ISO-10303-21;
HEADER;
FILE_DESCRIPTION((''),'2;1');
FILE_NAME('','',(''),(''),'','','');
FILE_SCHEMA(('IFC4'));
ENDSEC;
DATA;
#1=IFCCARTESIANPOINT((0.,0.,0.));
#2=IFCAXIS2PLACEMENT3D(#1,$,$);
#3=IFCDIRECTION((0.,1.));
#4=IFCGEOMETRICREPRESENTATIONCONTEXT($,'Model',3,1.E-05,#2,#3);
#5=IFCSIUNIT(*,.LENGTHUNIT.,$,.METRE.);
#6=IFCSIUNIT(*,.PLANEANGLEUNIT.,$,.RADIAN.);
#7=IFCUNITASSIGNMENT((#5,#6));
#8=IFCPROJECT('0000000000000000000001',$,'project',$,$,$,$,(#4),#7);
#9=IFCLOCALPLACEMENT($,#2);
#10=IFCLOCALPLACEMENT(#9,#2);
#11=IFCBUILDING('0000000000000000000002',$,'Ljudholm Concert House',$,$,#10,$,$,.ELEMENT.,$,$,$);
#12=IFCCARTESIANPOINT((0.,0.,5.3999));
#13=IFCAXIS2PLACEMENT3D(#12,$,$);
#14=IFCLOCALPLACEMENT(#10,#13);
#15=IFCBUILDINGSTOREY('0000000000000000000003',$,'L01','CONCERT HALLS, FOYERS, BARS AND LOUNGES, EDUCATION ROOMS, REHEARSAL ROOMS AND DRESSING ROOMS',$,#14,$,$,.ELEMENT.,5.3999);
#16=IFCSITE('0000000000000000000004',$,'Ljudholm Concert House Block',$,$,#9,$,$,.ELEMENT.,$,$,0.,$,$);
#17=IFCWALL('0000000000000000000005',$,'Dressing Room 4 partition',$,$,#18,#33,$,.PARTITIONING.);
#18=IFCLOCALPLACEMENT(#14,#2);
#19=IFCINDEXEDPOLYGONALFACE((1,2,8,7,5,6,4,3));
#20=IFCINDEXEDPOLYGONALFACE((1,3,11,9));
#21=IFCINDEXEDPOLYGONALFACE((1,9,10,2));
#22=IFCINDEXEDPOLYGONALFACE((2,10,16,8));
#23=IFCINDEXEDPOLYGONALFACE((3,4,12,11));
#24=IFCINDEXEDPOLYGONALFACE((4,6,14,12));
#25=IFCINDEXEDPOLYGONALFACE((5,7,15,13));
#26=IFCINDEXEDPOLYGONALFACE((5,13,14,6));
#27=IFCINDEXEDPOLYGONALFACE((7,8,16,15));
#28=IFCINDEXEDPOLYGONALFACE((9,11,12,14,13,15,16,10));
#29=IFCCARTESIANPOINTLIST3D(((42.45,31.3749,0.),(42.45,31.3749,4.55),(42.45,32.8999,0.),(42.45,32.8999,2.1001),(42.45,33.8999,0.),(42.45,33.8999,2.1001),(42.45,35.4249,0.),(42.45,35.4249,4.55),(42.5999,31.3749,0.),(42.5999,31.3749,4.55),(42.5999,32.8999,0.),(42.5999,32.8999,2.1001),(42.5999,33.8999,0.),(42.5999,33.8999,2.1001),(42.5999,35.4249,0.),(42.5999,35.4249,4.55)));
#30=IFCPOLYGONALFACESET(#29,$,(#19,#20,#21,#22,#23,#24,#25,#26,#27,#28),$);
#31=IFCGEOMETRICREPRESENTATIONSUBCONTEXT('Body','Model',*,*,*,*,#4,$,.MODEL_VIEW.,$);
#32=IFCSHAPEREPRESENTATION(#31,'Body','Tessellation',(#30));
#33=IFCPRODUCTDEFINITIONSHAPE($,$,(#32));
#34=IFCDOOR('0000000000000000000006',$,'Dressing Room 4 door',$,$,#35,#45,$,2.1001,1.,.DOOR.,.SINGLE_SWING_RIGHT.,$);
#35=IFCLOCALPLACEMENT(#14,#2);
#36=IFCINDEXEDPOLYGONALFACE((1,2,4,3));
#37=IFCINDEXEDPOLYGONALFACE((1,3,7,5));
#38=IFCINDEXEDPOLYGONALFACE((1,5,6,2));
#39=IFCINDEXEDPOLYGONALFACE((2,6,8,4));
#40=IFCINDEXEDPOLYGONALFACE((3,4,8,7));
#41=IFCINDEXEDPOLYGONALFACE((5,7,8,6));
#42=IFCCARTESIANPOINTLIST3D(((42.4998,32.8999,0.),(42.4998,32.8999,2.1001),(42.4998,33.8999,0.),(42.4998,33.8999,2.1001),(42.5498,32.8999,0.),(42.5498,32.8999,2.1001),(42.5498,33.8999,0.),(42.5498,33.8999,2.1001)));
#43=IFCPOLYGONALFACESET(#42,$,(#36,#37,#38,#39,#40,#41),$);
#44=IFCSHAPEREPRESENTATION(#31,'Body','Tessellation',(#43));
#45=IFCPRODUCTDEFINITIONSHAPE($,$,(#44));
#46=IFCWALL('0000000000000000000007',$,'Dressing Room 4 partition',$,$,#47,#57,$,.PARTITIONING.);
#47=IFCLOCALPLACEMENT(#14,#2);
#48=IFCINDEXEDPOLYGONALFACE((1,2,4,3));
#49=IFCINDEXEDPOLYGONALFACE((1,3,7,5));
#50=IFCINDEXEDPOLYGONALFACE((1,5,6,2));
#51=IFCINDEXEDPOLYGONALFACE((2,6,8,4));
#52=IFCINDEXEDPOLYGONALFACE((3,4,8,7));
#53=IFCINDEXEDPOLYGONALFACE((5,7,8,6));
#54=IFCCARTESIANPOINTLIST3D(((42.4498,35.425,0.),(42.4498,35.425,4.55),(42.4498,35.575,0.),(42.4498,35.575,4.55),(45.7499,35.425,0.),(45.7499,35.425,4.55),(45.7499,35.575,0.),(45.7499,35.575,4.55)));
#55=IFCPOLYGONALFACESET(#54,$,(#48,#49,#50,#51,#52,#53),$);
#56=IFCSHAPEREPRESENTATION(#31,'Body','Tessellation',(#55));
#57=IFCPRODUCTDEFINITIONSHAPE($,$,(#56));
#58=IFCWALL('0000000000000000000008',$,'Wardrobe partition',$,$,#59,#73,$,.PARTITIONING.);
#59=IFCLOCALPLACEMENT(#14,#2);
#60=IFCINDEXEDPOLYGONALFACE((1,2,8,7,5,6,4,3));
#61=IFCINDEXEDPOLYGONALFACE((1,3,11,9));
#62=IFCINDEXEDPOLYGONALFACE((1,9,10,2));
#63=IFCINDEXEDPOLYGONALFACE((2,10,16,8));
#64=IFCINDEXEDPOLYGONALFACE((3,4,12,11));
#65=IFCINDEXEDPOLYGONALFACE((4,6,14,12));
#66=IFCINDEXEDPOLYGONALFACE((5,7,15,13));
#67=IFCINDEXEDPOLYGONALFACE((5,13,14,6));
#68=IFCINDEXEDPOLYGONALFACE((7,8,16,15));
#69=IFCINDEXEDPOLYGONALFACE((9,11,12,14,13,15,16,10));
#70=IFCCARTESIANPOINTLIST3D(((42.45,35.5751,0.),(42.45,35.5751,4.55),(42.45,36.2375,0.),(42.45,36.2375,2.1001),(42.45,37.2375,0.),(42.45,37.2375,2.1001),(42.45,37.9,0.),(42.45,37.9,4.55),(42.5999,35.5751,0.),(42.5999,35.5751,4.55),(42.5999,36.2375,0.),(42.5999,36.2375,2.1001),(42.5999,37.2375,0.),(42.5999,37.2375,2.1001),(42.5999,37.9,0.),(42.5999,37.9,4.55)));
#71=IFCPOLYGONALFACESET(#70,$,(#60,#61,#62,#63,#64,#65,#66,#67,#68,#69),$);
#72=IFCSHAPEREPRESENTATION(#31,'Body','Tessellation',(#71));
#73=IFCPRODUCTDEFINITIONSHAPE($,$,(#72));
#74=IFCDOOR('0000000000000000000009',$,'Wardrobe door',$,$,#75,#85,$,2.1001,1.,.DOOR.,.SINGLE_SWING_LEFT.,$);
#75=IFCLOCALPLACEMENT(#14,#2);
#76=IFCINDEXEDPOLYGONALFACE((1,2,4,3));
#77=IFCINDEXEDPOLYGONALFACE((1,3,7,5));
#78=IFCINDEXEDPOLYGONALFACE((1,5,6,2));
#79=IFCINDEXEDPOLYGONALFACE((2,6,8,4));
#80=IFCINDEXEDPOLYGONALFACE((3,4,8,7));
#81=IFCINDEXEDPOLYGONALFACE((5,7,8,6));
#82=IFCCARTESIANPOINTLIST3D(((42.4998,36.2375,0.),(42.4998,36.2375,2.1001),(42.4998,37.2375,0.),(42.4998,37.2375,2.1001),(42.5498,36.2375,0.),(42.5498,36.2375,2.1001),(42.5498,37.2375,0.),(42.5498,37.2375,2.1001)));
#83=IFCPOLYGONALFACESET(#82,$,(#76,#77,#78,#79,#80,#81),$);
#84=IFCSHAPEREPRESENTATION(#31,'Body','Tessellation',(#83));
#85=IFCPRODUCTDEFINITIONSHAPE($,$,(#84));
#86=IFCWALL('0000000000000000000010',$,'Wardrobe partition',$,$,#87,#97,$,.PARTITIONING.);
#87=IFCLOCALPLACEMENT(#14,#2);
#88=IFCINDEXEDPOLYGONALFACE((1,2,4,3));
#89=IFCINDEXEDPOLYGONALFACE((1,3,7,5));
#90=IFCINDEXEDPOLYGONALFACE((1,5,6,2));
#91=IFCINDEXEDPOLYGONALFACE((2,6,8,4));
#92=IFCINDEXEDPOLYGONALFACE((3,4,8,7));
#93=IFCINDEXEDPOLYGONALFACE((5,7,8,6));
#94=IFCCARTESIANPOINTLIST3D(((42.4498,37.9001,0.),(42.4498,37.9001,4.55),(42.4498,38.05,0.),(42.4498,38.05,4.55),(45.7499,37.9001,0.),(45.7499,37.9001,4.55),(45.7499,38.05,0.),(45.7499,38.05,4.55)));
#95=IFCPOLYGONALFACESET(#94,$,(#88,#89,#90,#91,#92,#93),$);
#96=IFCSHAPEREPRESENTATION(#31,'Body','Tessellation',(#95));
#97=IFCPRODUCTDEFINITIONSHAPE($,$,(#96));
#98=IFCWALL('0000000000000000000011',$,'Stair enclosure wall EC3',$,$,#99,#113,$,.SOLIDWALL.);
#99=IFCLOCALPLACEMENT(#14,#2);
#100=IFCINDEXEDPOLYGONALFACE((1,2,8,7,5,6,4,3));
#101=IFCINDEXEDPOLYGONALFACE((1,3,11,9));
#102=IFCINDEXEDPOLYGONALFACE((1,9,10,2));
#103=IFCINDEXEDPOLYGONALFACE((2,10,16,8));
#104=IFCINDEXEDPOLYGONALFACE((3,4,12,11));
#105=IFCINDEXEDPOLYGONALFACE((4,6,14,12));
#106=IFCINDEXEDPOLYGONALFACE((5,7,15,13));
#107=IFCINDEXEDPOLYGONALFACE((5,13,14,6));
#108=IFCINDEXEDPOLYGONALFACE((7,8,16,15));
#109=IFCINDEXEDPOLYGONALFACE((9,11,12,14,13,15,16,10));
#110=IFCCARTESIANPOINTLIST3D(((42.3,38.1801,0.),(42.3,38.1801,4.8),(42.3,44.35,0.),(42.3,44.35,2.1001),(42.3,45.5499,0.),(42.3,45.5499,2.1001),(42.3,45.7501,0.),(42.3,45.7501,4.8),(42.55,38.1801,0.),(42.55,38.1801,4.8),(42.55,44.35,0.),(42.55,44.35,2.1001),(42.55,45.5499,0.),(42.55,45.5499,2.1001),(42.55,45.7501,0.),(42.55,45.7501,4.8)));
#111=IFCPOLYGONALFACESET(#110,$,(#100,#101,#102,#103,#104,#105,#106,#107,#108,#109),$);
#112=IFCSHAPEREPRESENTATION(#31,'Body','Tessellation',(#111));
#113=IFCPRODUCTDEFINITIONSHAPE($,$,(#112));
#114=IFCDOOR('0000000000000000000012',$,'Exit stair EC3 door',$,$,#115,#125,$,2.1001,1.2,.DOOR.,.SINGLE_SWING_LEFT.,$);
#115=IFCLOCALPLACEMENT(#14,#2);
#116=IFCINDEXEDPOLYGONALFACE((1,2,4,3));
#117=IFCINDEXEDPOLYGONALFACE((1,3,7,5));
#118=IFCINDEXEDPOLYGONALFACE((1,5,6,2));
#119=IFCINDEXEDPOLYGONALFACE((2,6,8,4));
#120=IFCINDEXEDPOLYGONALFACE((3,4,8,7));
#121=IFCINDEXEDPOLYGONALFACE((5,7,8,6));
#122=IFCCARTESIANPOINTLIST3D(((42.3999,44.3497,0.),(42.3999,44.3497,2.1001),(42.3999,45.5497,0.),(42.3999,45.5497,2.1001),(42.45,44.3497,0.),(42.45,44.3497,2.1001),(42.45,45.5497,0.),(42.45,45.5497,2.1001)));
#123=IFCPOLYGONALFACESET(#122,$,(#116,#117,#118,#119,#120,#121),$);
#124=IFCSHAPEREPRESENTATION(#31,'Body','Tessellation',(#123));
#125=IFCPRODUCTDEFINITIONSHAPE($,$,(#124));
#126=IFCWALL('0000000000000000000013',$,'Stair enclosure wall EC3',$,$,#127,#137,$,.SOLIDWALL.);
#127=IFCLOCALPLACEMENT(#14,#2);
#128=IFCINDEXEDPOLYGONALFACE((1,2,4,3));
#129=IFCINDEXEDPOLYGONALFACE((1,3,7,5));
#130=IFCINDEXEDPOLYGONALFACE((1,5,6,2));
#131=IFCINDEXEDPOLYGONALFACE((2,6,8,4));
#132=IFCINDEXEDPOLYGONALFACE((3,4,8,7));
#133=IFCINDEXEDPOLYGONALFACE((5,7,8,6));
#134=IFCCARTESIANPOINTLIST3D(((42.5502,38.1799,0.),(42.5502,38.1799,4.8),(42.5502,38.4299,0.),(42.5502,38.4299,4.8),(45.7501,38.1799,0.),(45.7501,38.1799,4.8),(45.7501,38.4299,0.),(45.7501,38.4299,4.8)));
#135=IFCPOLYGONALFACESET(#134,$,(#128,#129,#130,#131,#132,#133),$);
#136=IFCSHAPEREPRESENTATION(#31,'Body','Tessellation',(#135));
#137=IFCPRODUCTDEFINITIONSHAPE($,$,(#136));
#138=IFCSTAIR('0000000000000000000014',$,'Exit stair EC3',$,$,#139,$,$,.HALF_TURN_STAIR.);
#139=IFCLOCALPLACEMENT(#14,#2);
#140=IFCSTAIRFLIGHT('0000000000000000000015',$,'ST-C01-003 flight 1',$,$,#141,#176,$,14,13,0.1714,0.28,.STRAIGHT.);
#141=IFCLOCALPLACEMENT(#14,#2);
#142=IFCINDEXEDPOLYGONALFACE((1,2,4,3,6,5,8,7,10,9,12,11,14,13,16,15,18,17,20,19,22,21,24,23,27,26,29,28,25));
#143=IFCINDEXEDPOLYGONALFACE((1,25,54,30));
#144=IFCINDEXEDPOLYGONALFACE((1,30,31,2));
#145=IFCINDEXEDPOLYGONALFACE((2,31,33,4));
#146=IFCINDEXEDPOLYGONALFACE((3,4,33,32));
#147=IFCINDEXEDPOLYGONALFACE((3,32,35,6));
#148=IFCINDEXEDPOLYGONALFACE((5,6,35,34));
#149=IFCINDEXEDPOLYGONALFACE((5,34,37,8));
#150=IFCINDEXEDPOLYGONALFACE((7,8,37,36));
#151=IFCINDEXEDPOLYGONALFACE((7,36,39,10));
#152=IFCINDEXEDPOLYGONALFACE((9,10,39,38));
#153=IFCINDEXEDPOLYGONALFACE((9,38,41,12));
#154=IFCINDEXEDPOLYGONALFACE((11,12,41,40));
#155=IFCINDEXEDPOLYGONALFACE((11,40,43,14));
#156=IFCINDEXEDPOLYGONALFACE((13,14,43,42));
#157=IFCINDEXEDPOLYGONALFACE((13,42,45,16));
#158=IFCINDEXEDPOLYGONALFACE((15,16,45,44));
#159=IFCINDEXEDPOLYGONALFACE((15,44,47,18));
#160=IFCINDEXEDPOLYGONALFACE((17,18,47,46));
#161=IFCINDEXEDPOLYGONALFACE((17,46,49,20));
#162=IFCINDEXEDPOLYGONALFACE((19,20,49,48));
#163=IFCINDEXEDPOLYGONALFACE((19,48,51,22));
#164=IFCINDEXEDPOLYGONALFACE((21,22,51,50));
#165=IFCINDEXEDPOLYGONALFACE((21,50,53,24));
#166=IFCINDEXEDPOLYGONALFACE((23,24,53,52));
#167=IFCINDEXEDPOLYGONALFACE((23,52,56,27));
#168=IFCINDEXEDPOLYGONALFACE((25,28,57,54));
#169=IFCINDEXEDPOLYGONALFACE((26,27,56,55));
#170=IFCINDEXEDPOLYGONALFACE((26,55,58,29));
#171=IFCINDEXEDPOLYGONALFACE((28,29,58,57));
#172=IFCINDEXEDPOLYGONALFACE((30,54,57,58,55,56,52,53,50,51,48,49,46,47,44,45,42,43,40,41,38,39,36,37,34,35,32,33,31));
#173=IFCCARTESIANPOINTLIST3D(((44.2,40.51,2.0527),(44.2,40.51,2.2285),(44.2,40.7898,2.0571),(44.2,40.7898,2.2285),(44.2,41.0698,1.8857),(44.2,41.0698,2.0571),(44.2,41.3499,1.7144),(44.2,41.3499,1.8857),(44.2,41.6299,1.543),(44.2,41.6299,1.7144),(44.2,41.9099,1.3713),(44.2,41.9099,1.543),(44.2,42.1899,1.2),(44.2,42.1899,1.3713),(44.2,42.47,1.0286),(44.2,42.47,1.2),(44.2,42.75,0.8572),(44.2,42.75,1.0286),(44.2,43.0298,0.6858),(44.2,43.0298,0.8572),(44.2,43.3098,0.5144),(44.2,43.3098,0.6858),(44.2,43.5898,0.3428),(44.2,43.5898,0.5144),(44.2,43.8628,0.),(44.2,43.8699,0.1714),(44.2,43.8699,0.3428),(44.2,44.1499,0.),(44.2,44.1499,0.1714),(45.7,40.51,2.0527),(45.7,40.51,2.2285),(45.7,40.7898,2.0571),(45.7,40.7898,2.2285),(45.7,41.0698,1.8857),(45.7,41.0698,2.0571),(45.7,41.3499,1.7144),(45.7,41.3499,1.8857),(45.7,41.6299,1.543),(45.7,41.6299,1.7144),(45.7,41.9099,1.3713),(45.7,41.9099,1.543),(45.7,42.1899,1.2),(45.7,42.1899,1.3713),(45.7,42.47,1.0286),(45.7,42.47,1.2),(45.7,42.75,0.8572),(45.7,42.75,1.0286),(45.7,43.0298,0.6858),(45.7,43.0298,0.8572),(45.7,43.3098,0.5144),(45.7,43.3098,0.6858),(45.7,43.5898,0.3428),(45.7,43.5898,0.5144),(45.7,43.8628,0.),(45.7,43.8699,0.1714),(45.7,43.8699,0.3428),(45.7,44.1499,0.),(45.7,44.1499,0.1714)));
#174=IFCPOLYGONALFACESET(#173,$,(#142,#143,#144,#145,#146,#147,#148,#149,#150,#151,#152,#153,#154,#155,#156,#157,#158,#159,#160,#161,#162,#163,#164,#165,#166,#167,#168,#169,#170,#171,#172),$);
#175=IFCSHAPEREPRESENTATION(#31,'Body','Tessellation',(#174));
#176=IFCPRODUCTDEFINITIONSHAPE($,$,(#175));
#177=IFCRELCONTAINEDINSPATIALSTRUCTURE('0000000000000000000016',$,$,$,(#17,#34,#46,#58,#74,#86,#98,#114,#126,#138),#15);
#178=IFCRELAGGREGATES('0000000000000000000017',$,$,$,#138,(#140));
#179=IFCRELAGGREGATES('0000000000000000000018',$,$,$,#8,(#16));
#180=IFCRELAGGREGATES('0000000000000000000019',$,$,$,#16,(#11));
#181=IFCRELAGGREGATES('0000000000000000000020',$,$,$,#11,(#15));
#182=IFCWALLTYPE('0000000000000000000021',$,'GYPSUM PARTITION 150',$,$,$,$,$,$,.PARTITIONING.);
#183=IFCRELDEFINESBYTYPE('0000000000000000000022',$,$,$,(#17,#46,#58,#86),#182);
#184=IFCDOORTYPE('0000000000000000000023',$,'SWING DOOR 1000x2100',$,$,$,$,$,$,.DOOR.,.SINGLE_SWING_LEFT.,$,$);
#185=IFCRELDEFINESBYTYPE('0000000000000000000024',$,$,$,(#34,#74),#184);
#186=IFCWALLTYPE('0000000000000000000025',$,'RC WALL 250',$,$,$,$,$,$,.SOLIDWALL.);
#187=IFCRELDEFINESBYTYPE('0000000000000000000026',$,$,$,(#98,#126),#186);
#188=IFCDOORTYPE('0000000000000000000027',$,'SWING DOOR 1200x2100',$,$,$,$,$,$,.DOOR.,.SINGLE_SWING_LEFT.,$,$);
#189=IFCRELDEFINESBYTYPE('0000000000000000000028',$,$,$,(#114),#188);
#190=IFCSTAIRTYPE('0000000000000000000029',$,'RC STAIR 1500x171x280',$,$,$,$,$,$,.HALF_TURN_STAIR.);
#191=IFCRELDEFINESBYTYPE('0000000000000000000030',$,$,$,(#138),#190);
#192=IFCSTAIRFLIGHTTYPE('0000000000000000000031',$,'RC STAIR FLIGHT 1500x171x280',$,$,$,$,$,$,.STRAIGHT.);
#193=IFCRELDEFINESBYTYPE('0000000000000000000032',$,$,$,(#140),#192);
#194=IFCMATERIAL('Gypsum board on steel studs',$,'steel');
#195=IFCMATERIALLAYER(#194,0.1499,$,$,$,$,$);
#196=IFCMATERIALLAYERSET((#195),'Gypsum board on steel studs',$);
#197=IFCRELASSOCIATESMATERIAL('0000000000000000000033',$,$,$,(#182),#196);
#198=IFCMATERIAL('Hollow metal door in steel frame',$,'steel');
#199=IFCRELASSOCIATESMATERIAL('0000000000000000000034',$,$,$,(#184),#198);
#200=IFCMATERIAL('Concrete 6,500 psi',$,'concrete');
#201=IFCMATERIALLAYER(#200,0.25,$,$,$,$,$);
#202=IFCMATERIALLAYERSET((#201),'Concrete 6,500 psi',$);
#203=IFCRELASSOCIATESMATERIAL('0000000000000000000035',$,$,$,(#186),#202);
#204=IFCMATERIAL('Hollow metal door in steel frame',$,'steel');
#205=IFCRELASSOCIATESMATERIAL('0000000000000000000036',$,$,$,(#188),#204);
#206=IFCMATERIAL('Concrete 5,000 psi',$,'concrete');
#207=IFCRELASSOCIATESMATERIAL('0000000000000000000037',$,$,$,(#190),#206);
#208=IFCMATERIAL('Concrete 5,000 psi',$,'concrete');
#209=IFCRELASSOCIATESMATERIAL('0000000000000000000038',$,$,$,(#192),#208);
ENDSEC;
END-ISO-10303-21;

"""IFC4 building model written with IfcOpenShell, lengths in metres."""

from ifc_helpers import new_model, si_unit, direction, frame, frame_2d, origin, place, context, subcontext, project, spatial, polyline, rectangle, outline, extrude, material, layer, layer_set, type_object, element, fill, aggregate, save


model = new_model("IFC4")

# Units and contexts
model_context = context("Model", 3, precision=1e-05, world=origin(), true_north=direction((0.0, 1.0)))
body_context = subcontext(model_context, "Body", "Model", "MODEL_VIEW")
ifc_project = project(units=[si_unit("LENGTHUNIT", "METRE"), si_unit("PLANEANGLEUNIT", "RADIAN")], contexts=[model_context])

# Site, building, storey
site_placement = place(None, origin())
site = spatial("IfcSite", under=ifc_project, at=site_placement, Name="Ljudholm Concert House Block", CompositionType="ELEMENT", RefElevation=0.0)
building_placement = place(site_placement, origin())
building = spatial("IfcBuilding", under=site, at=building_placement, Name="Ljudholm Concert House", CompositionType="ELEMENT")
storey_placement = place(building_placement, frame((0.0, 0.0, 5.3999)))
storey = spatial("IfcBuildingStorey", under=building, at=storey_placement, Name="L01", Description="CONCERT HALLS, FOYERS, BARS AND LOUNGES, EDUCATION ROOMS, REHEARSAL ROOMS AND DRESSING ROOMS", CompositionType="ELEMENT", Elevation=5.3999)

# Wall, opening, door
ifc_material_1 = material(Name="Gypsum board on steel studs", Category="steel")
ifc_layer_1 = layer(ifc_material_1, 0.1499)
ifc_layer_set_1 = layer_set([ifc_layer_1], Name="Gypsum board on steel studs")
wall_type_1 = type_object("IfcWallType", Name="GYPSUM PARTITION 150", PredefinedType="PARTITIONING", material=ifc_layer_set_1)
wall_1_placement = place(storey_placement, frame((42.5249, 31.375, 0.0), z_axis=(0.0, 0.0, 1.0), x_axis=(0.0, 1.0, 0.0)))
wall_1 = element("IfcWall", 1, at=wall_1_placement, inside=storey, type_object=wall_type_1, Name="Dressing Room 4 partition", PredefinedType="PARTITIONING", context=body_context, shape_type="SweptSolid", body=[
    extrude(rectangle(XDim=4.05, YDim=0.1499, at=frame_2d((2.0249, 0.0))), origin(), (0.0, 0.0, 1.0), 4.55),
])
opening_1_placement = place(wall_1_placement, frame((1.5249, 0.0, 0.0)))
opening_1 = element("IfcOpeningElement", 2, at=opening_1_placement, cuts=wall_1, PredefinedType="OPENING", context=body_context, shape_type="SweptSolid", body=[
    extrude(rectangle(XDim=1.0, YDim=2.1001, at=frame_2d((0.5, 1.05))), frame((0.0, 0.085, 0.0), z_axis=(0.0, -1.0, 0.0), x_axis=(1.0, 0.0, 0.0)), (0.0, 0.0, 1.0), 0.1699),
])
ifc_material_2 = material(Name="Hollow metal door in steel frame", Category="steel")
door_type_1 = type_object("IfcDoorType", Name="SWING DOOR 1000x2100", OperationType="SINGLE_SWING_LEFT", PredefinedType="DOOR", material=ifc_material_2)
door_1_placement = place(opening_1_placement, frame((1.0, 0.0, 0.0), z_axis=(0.0, 0.0, 1.0), x_axis=(-1.0, 0.0, 0.0)))
door_1 = element("IfcDoor", 3, at=door_1_placement, inside=storey, type_object=door_type_1, Name="Dressing Room 4 door", OperationType="SINGLE_SWING_RIGHT", OverallHeight=2.1001, OverallWidth=1.0, PredefinedType="DOOR", context=body_context, shape_type="SweptSolid", body=[
    extrude(rectangle(XDim=1.0, YDim=2.1001, at=frame_2d((0.5, 1.05))), frame((0.0, 0.0249, 0.0), z_axis=(0.0, -1.0, 0.0), x_axis=(1.0, 0.0, 0.0)), (0.0, 0.0, 1.0), 0.05),
])
fill(opening_1, door_1)

# Wall
wall_2_placement = place(storey_placement, frame((42.45, 35.5, 0.0), z_axis=(0.0, 0.0, 1.0), x_axis=(1.0, 0.0, 0.0)))
element("IfcWall", 4, at=wall_2_placement, inside=storey, type_object=wall_type_1, Name="Dressing Room 4 partition", PredefinedType="PARTITIONING", context=body_context, shape_type="SweptSolid", body=[
    extrude(rectangle(XDim=3.3, YDim=0.1499, at=frame_2d((1.6499, 0.0))), origin(), (0.0, 0.0, 1.0), 4.55),
])

# Wall, opening, door
wall_3_placement = place(storey_placement, frame((42.5249, 35.575, 0.0), z_axis=(0.0, 0.0, 1.0), x_axis=(0.0, 1.0, 0.0)))
wall_3 = element("IfcWall", 5, at=wall_3_placement, inside=storey, type_object=wall_type_1, Name="Wardrobe partition", PredefinedType="PARTITIONING", context=body_context, shape_type="SweptSolid", body=[
    extrude(rectangle(XDim=2.325, YDim=0.1499, at=frame_2d((1.1626, 0.0))), origin(), (0.0, 0.0, 1.0), 4.55),
])
opening_2_placement = place(wall_3_placement, frame((0.6626, 0.0, 0.0)))
opening_2 = element("IfcOpeningElement", 6, at=opening_2_placement, cuts=wall_3, PredefinedType="OPENING", context=body_context, shape_type="SweptSolid", body=[
    extrude(rectangle(XDim=1.0, YDim=2.1001, at=frame_2d((0.5, 1.05))), frame((0.0, 0.085, 0.0), z_axis=(0.0, -1.0, 0.0), x_axis=(1.0, 0.0, 0.0)), (0.0, 0.0, 1.0), 0.1699),
])
door_2_placement = place(opening_2_placement, frame((1.0, 0.0, 0.0), z_axis=(0.0, 0.0, 1.0), x_axis=(-1.0, 0.0, 0.0)))
door_2 = element("IfcDoor", 7, at=door_2_placement, inside=storey, type_object=door_type_1, Name="Wardrobe door", OperationType="SINGLE_SWING_LEFT", OverallHeight=2.1001, OverallWidth=1.0, PredefinedType="DOOR", context=body_context, shape_type="SweptSolid", body=[
    extrude(rectangle(XDim=1.0, YDim=2.1001, at=frame_2d((0.5, 1.05))), frame((0.0, 0.0249, 0.0), z_axis=(0.0, -1.0, 0.0), x_axis=(1.0, 0.0, 0.0)), (0.0, 0.0, 1.0), 0.05),
])
fill(opening_2, door_2)

# Wall
wall_4_placement = place(storey_placement, frame((42.45, 37.9751, 0.0), z_axis=(0.0, 0.0, 1.0), x_axis=(1.0, 0.0, 0.0)))
element("IfcWall", 8, at=wall_4_placement, inside=storey, type_object=wall_type_1, Name="Wardrobe partition", PredefinedType="PARTITIONING", context=body_context, shape_type="SweptSolid", body=[
    extrude(rectangle(XDim=3.3, YDim=0.1499, at=frame_2d((1.6499, 0.0))), origin(), (0.0, 0.0, 1.0), 4.55),
])

# Wall, opening, door
ifc_material_3 = material(Name="Concrete 6,500 psi", Category="concrete")
ifc_layer_2 = layer(ifc_material_3, 0.25)
ifc_layer_set_2 = layer_set([ifc_layer_2], Name="Concrete 6,500 psi")
wall_type_2 = type_object("IfcWallType", Name="RC WALL 250", PredefinedType="SOLIDWALL", material=ifc_layer_set_2)
wall_5_placement = place(storey_placement, frame((42.425, 38.1799, 0.0), z_axis=(0.0, 0.0, 1.0), x_axis=(0.0, 1.0, 0.0)))
wall_5 = element("IfcWall", 9, at=wall_5_placement, inside=storey, type_object=wall_type_2, Name="Stair enclosure wall EC3", PredefinedType="SOLIDWALL", context=body_context, shape_type="SweptSolid", body=[
    extrude(rectangle(XDim=7.5701, YDim=0.25, at=frame_2d((3.7852, 0.0))), origin(), (0.0, 0.0, 1.0), 4.8),
])
opening_3_placement = place(wall_5_placement, frame((6.1699, 0.0, 0.0)))
opening_3 = element("IfcOpeningElement", 10, at=opening_3_placement, cuts=wall_5, PredefinedType="OPENING", context=body_context, shape_type="SweptSolid", body=[
    extrude(rectangle(XDim=1.2, YDim=2.1001, at=frame_2d((0.6001, 1.05))), frame((0.0, 0.135, 0.0), z_axis=(0.0, -1.0, 0.0), x_axis=(1.0, 0.0, 0.0)), (0.0, 0.0, 1.0), 0.27),
])
ifc_material_4 = material(Name="Hollow metal door in steel frame", Category="steel")
door_type_2 = type_object("IfcDoorType", Name="SWING DOOR 1200x2100", OperationType="SINGLE_SWING_LEFT", PredefinedType="DOOR", material=ifc_material_4)
door_3_placement = place(opening_3_placement, frame((1.2, 0.0, 0.0), z_axis=(0.0, 0.0, 1.0), x_axis=(-1.0, 0.0, 0.0)))
door_3 = element("IfcDoor", 11, at=door_3_placement, inside=storey, type_object=door_type_2, Name="Exit stair EC3 door", OperationType="SINGLE_SWING_LEFT", OverallHeight=2.1001, OverallWidth=1.2, PredefinedType="DOOR", context=body_context, shape_type="SweptSolid", body=[
    extrude(rectangle(XDim=1.2, YDim=2.1001, at=frame_2d((0.6001, 1.05))), frame((0.0, 0.0249, 0.0), z_axis=(0.0, -1.0, 0.0), x_axis=(1.0, 0.0, 0.0)), (0.0, 0.0, 1.0), 0.05),
])
fill(opening_3, door_3)

# Wall
wall_6_placement = place(storey_placement, frame((42.55, 38.3049, 0.0), z_axis=(0.0, 0.0, 1.0), x_axis=(1.0, 0.0, 0.0)))
element("IfcWall", 12, at=wall_6_placement, inside=storey, type_object=wall_type_2, Name="Stair enclosure wall EC3", PredefinedType="SOLIDWALL", context=body_context, shape_type="SweptSolid", body=[
    extrude(rectangle(XDim=3.2, YDim=0.25, at=frame_2d((1.6001, 0.0))), origin(), (0.0, 0.0, 1.0), 4.8),
])

# Stair, stair flight
ifc_material_5 = material(Name="Concrete 5,000 psi", Category="concrete")
stair_type = type_object("IfcStairType", Name="RC STAIR 1500x171x280", PredefinedType="HALF_TURN_STAIR", material=ifc_material_5)
stair_placement = place(storey_placement, origin())
stair = element("IfcStair", 13, at=stair_placement, inside=storey, type_object=stair_type, Name="Exit stair EC3", PredefinedType="HALF_TURN_STAIR")
ifc_material_6 = material(Name="Concrete 5,000 psi", Category="concrete")
stair_flight_type = type_object("IfcStairFlightType", Name="RC STAIR FLIGHT 1500x171x280", PredefinedType="STRAIGHT", material=ifc_material_6)
stair_flight_1_placement = place(storey_placement, frame((44.95, 44.1499, 0.0), z_axis=(0.0, 0.0, 1.0), x_axis=(0.0, -1.0, 0.0)))
stair_flight_1 = element("IfcStairFlight", 14, at=stair_flight_1_placement, type_object=stair_flight_type, Name="ST-C01-003 flight 1", NumberOfRisers=14, NumberOfTreads=13, PredefinedType="STRAIGHT", RiserHeight=0.1714, TreadLength=0.28, context=body_context, shape_type="SweptSolid", body=[
    extrude(outline(polyline([(0.0, 0.0), (0.0, 0.1714), (0.28, 0.1714), (0.28, 0.3428), (0.5601, 0.3428), (0.5601, 0.5144), (0.8401, 0.5144), (0.8401, 0.6858), (1.1201, 0.6858), (1.1201, 0.8572), (1.3999, 0.8572), (1.3999, 1.0286), (1.6799, 1.0286), (1.6799, 1.2), (1.96, 1.2), (1.96, 1.3713), (2.24, 1.3713), (2.24, 1.543), (2.52, 1.543), (2.52, 1.7144), (2.8, 1.7144), (2.8, 1.8857), (3.0801, 1.8857), (3.0801, 2.0571), (3.3601, 2.0571), (3.3601, 2.2285), (3.6399, 2.2285), (3.6399, 2.3999), (3.6399, 2.0527), (0.2871, 0.0), (0.0, 0.0)])), frame((0.0, 0.75, 0.0), z_axis=(0.0, -1.0, 0.0), x_axis=(1.0, 0.0, 0.0)), (0.0, 0.0, 1.0), 1.5),
])
aggregate(stair, [stair_flight_1])

save(model, "model.ifc")
